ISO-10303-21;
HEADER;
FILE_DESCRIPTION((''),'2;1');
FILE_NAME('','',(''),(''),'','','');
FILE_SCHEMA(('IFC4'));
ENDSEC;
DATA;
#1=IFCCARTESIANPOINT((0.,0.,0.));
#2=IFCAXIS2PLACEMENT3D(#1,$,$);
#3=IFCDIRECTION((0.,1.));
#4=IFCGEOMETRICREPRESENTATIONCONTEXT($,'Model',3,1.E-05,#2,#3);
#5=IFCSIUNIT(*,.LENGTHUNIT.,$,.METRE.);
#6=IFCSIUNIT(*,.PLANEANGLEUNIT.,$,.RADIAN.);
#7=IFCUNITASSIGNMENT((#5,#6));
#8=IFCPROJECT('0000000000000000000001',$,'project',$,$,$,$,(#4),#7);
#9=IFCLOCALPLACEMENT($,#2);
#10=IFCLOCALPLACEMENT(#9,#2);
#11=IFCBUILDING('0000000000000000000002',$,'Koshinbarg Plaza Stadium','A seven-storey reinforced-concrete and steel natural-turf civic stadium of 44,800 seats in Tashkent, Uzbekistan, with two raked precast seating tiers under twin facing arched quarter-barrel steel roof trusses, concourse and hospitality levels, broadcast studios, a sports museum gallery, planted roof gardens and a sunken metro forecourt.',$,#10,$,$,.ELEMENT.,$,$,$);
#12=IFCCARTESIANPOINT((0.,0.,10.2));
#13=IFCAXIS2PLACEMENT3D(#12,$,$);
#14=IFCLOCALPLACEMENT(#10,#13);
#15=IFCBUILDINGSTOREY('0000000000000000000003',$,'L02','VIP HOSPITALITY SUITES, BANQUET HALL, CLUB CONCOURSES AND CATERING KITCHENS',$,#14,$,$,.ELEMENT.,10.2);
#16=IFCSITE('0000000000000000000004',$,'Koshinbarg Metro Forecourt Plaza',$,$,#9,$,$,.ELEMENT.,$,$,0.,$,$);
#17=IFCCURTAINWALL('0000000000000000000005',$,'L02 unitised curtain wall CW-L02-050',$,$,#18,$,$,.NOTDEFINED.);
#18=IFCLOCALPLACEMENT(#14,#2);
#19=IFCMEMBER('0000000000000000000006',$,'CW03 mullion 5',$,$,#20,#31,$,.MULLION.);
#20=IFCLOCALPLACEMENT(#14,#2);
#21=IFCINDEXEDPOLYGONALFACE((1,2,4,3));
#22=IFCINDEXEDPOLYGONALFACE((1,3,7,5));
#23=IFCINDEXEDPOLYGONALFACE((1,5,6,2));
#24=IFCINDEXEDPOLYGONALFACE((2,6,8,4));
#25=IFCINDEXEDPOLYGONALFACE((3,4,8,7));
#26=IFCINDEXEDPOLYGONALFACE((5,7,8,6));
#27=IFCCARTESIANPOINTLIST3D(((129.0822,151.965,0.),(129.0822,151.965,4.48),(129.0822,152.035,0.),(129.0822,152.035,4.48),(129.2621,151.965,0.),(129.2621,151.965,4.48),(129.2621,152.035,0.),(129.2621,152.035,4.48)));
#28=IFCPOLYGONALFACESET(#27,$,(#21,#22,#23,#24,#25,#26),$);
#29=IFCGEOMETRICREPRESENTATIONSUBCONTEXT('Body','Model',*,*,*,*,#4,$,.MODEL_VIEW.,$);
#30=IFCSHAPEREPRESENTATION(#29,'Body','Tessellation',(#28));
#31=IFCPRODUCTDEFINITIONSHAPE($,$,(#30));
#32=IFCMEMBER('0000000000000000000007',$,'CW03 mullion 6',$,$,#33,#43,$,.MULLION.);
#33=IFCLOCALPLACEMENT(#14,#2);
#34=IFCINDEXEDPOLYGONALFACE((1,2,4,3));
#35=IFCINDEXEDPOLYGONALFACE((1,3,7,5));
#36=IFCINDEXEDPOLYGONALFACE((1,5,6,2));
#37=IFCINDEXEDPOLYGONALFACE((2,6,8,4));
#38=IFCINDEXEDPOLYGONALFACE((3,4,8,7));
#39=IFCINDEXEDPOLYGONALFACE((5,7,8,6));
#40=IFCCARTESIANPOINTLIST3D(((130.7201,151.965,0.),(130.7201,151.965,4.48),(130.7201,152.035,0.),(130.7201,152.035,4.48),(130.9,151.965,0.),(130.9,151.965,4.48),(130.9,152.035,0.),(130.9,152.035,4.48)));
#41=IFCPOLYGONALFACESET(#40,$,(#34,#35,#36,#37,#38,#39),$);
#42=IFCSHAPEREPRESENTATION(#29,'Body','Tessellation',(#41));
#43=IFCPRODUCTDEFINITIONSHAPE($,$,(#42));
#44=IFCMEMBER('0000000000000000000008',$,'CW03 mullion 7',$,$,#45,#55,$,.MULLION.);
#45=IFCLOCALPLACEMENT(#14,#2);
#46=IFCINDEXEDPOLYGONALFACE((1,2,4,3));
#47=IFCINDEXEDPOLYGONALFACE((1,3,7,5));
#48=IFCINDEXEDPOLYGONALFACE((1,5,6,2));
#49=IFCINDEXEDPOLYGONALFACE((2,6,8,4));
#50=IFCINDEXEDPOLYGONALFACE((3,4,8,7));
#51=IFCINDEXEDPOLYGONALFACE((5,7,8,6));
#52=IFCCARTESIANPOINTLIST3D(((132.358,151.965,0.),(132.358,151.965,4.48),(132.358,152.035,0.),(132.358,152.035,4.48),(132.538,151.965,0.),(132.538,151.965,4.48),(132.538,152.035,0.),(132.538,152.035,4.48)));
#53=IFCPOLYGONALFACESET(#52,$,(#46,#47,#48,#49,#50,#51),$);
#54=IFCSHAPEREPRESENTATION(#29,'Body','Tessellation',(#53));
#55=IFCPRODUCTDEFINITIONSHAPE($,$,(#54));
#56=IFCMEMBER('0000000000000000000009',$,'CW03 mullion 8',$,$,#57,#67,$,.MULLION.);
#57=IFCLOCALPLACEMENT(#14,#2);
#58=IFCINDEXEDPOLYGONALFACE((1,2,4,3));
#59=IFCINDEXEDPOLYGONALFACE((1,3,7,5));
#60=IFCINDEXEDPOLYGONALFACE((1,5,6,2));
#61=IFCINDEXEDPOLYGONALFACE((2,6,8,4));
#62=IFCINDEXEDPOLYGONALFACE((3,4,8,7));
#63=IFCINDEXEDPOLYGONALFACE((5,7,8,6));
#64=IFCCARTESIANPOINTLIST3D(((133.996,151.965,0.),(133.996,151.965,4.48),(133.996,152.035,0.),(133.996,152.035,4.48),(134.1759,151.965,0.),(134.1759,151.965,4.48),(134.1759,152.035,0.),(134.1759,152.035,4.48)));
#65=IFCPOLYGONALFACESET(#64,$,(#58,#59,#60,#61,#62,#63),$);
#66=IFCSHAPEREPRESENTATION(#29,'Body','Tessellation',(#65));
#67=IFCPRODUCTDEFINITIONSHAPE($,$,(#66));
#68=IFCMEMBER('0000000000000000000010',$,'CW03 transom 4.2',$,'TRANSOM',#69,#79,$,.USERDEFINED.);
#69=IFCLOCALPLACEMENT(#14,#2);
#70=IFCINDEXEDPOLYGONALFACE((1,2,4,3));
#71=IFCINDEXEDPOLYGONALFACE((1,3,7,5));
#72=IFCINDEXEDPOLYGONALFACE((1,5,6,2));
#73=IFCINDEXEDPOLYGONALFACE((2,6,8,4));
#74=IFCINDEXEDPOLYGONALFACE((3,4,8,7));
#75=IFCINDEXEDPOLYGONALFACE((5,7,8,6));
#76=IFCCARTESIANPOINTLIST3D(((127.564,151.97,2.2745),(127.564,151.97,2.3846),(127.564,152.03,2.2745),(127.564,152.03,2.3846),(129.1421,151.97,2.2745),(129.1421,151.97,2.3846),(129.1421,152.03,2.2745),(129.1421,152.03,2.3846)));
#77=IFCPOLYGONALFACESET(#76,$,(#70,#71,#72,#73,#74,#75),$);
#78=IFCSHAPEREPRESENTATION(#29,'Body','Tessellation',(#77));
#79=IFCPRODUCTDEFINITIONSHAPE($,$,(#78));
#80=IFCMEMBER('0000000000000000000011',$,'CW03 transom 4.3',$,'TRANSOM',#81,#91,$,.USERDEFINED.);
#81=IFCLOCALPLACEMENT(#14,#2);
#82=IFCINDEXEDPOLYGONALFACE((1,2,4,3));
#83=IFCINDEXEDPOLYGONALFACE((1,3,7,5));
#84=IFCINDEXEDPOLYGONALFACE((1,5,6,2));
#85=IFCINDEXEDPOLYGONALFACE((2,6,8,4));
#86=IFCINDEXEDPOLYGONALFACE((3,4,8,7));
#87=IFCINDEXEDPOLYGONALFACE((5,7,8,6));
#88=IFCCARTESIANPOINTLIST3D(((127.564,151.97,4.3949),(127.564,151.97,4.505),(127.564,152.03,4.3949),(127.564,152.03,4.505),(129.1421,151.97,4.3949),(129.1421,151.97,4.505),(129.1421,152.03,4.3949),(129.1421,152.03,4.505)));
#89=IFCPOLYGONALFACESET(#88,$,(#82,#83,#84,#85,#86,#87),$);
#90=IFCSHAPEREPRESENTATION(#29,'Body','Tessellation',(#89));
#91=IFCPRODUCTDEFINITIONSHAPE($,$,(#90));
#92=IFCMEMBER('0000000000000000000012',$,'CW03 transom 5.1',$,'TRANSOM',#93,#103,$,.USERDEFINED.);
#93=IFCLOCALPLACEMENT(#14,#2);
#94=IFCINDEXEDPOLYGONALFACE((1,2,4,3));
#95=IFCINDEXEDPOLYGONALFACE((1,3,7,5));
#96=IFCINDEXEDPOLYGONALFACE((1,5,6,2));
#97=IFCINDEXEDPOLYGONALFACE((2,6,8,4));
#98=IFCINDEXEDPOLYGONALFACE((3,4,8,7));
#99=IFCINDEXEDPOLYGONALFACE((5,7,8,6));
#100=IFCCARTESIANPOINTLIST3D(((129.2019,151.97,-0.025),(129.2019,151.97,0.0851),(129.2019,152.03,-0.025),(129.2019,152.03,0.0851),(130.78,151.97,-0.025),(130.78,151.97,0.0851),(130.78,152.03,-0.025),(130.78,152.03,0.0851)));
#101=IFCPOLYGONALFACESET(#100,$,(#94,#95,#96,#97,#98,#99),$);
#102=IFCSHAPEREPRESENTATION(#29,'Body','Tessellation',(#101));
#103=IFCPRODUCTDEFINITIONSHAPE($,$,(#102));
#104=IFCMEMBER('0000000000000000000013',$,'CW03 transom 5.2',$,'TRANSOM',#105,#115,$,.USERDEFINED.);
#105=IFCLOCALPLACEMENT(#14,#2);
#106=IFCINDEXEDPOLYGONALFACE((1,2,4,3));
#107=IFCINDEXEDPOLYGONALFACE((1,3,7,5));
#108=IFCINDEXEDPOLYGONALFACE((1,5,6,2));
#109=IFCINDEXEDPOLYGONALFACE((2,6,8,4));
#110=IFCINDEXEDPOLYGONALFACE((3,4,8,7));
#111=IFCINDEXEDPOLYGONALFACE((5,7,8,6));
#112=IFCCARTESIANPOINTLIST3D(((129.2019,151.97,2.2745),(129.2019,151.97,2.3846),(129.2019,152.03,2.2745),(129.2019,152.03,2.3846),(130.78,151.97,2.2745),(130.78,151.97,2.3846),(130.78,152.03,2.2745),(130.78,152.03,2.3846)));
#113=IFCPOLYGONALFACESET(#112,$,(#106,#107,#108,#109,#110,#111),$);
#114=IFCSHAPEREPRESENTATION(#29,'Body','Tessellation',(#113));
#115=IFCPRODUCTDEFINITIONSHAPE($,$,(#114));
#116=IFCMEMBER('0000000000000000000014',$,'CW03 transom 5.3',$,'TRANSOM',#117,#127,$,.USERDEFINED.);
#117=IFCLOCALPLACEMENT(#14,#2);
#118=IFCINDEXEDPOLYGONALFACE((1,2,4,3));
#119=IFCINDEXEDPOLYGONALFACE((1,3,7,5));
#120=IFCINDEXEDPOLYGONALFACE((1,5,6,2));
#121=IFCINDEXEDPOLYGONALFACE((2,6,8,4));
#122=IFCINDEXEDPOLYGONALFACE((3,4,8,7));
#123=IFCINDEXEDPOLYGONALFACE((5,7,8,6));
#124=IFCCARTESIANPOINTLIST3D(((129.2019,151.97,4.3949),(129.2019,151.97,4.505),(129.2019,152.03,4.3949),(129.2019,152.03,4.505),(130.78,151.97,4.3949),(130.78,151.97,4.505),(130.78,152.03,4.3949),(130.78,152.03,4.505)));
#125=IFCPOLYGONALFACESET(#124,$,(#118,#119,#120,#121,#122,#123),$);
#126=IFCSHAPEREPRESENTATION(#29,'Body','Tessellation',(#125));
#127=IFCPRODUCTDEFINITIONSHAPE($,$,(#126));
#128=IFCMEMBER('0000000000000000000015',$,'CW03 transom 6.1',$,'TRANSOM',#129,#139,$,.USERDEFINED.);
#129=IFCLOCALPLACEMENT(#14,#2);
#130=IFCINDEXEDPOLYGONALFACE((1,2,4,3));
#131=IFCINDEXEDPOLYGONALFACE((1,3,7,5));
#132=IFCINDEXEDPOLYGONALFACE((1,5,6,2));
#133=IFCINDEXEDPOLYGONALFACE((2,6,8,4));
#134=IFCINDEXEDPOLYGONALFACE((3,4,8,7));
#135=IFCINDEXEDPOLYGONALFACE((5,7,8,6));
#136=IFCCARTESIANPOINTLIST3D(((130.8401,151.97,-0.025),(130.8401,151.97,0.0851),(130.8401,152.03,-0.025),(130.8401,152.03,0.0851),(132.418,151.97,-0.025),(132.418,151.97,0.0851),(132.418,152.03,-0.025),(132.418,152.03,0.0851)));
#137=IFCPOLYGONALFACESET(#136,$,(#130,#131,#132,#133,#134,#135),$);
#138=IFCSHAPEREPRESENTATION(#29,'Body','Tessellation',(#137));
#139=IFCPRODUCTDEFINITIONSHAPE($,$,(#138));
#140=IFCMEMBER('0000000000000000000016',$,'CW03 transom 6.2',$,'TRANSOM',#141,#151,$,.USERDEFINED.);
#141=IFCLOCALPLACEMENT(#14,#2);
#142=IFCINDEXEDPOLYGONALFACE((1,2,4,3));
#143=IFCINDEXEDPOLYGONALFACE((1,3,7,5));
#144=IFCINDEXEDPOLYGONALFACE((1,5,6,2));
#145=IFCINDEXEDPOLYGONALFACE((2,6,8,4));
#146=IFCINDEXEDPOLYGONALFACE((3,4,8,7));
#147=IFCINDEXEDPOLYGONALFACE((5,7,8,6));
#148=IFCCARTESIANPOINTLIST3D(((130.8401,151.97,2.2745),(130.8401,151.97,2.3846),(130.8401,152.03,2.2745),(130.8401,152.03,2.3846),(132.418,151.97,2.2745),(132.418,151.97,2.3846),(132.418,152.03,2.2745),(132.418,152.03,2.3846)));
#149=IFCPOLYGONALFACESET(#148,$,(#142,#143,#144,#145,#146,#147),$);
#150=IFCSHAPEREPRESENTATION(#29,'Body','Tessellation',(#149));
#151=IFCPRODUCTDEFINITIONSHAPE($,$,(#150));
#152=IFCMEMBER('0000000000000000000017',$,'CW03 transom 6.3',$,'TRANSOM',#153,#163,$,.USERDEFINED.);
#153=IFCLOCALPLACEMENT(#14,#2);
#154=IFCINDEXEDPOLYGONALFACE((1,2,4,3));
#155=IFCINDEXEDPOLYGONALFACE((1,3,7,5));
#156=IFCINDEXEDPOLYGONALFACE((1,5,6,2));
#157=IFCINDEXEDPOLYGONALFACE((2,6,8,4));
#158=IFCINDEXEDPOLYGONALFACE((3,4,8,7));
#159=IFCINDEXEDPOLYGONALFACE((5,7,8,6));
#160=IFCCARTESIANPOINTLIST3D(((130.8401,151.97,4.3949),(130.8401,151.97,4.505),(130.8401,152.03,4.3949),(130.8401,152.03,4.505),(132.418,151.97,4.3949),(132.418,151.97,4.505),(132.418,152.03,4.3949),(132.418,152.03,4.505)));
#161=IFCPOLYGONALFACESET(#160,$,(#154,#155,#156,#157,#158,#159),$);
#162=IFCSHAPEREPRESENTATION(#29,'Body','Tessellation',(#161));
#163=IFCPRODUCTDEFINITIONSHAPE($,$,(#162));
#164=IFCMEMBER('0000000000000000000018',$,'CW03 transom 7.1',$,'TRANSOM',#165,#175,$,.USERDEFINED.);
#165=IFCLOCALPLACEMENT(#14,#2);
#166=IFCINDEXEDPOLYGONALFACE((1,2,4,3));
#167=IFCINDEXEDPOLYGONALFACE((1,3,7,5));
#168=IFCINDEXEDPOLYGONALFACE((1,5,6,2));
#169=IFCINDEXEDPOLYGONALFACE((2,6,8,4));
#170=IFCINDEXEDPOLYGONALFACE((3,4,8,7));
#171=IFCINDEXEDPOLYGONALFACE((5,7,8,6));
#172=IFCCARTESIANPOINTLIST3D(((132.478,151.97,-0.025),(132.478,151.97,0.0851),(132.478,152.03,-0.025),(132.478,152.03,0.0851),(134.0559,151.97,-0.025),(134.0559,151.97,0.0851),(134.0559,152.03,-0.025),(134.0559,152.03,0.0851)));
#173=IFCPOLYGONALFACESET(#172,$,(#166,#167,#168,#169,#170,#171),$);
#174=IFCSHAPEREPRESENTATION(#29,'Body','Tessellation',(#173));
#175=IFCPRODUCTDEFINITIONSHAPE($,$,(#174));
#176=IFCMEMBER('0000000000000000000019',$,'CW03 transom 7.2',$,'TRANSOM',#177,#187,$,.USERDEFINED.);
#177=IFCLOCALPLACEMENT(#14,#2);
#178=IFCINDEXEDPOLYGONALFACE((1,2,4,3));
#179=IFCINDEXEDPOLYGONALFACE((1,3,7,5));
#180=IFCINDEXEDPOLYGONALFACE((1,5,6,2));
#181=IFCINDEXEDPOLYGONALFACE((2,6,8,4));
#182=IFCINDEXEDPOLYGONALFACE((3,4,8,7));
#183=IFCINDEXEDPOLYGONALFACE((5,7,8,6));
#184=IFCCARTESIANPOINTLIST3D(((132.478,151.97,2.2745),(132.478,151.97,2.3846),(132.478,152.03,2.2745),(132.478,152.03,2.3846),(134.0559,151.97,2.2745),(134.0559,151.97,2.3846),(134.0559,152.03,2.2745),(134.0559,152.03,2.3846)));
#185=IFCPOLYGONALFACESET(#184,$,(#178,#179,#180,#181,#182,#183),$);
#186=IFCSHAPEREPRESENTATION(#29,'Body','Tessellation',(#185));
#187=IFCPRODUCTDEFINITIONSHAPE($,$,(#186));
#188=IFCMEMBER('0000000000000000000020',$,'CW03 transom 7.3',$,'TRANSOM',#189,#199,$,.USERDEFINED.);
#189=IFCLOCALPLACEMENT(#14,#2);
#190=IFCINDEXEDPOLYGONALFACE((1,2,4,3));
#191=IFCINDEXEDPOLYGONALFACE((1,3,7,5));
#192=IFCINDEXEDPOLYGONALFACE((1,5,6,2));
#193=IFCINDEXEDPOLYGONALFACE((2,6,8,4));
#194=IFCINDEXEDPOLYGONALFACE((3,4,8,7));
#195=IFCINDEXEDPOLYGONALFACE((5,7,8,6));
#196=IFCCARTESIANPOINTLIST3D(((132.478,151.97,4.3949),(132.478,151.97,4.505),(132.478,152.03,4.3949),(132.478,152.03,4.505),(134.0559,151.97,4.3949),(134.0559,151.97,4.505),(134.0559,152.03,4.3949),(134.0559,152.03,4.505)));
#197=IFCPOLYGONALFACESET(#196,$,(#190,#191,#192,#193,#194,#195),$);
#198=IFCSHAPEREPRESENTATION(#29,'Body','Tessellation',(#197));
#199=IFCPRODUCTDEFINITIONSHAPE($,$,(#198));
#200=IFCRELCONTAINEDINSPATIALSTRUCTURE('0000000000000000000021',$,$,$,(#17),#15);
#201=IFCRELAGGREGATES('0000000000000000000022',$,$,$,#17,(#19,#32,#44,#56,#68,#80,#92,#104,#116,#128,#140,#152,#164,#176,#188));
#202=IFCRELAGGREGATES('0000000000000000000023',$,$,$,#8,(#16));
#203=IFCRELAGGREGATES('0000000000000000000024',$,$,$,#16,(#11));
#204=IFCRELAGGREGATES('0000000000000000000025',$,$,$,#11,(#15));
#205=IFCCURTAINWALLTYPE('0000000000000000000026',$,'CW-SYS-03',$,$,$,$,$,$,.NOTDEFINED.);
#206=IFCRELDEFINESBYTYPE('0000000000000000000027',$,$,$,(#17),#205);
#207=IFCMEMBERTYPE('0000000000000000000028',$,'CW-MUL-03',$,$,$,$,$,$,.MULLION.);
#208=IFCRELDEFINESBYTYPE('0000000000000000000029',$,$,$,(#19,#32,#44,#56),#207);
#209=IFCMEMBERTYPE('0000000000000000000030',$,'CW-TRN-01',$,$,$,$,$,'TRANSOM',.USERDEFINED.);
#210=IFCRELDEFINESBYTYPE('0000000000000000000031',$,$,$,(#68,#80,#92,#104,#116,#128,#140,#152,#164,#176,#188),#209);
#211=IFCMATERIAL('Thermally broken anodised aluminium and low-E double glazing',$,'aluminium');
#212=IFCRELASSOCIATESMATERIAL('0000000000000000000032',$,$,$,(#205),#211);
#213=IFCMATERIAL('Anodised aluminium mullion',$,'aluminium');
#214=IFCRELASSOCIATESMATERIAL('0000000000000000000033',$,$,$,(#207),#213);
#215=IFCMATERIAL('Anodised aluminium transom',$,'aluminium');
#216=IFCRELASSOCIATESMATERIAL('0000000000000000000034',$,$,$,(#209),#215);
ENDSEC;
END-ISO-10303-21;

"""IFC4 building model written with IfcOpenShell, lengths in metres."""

from ifc_helpers import new_model, si_unit, direction, frame, origin, origin_2d, place, context, subcontext, project, spatial, rectangle, extrude, material, material_profile, profile_set, type_object, element, aggregate, save


model = new_model("IFC4")

# Units and contexts
model_context = context("Model", 3, precision=1e-05, world=origin(), true_north=direction((0.0, 1.0)))
body_context = subcontext(model_context, "Body", "Model", "MODEL_VIEW")
ifc_project = project(units=[si_unit("LENGTHUNIT", "METRE"), si_unit("PLANEANGLEUNIT", "RADIAN")], contexts=[model_context])

# Site, building, storey
site_placement = place(None, origin())
site = spatial("IfcSite", under=ifc_project, at=site_placement, Name="Koshinbarg Metro Forecourt Plaza", CompositionType="ELEMENT", RefElevation=0.0)
building_placement = place(site_placement, origin())
building = spatial("IfcBuilding", under=site, at=building_placement, Name="Koshinbarg Plaza Stadium", Description="A seven-storey reinforced-concrete and steel natural-turf civic stadium of 44,800 seats in Tashkent, Uzbekistan, with two raked precast seating tiers under twin facing arched quarter-barrel steel roof trusses, concourse and hospitality levels, broadcast studios, a sports museum gallery, planted roof gardens and a sunken metro forecourt.", CompositionType="ELEMENT")
storey_placement = place(building_placement, frame((0.0, 0.0, 10.2)))
storey = spatial("IfcBuildingStorey", under=building, at=storey_placement, Name="L02", Description="VIP HOSPITALITY SUITES, BANQUET HALL, CLUB CONCOURSES AND CATERING KITCHENS", CompositionType="ELEMENT", Elevation=10.2)

# Curtain wall, members
ifc_material_1 = material(Name="Thermally broken anodised aluminium and low-E double glazing", Category="aluminium")
curtain_wall_type = type_object("IfcCurtainWallType", Name="CW-SYS-03", PredefinedType="NOTDEFINED", material=ifc_material_1)
curtain_wall_placement = place(storey_placement, origin())
curtain_wall = element("IfcCurtainWall", 1, at=curtain_wall_placement, inside=storey, type_object=curtain_wall_type, Name="L02 unitised curtain wall CW-L02-050", PredefinedType="NOTDEFINED")
ifc_material_2 = material(Name="Anodised aluminium mullion", Category="aluminium")
ifc_material_profile_1 = material_profile(ifc_material_2, rectangle(XDim=0.0701, YDim=0.1799, at=origin_2d()), Name="ALU 70x180")
ifc_profile_set_1 = profile_set([ifc_material_profile_1], Name="Anodised aluminium mullion")
member_type_1 = type_object("IfcMemberType", Name="CW-MUL-03", PredefinedType="MULLION", material=ifc_profile_set_1)
member_1_placement = place(storey_placement, frame((129.1721, 152.0, 0.0), z_axis=(0.0, 0.0, 1.0), x_axis=(0.0, 1.0, 0.0)))
member_1 = element("IfcMember", 2, at=member_1_placement, type_object=member_type_1, Name="CW03 mullion 5", PredefinedType="MULLION", context=body_context, shape_type="SweptSolid", body=[
    extrude(rectangle(XDim=0.0701, YDim=0.1799, at=origin_2d()), origin(), (0.0, 0.0, 1.0), 4.48),
])
member_2_placement = place(storey_placement, frame((130.8101, 152.0, 0.0), z_axis=(0.0, 0.0, 1.0), x_axis=(0.0, 1.0, 0.0)))
member_2 = element("IfcMember", 3, at=member_2_placement, type_object=member_type_1, Name="CW03 mullion 6", PredefinedType="MULLION", context=body_context, shape_type="SweptSolid", body=[
    extrude(rectangle(XDim=0.0701, YDim=0.1799, at=origin_2d()), origin(), (0.0, 0.0, 1.0), 4.48),
])
member_3_placement = place(storey_placement, frame((132.448, 152.0, 0.0), z_axis=(0.0, 0.0, 1.0), x_axis=(0.0, 1.0, 0.0)))
member_3 = element("IfcMember", 4, at=member_3_placement, type_object=member_type_1, Name="CW03 mullion 7", PredefinedType="MULLION", context=body_context, shape_type="SweptSolid", body=[
    extrude(rectangle(XDim=0.0701, YDim=0.1799, at=origin_2d()), origin(), (0.0, 0.0, 1.0), 4.48),
])
member_4_placement = place(storey_placement, frame((134.0859, 152.0, 0.0), z_axis=(0.0, 0.0, 1.0), x_axis=(0.0, 1.0, 0.0)))
member_4 = element("IfcMember", 5, at=member_4_placement, type_object=member_type_1, Name="CW03 mullion 8", PredefinedType="MULLION", context=body_context, shape_type="SweptSolid", body=[
    extrude(rectangle(XDim=0.0701, YDim=0.1799, at=origin_2d()), origin(), (0.0, 0.0, 1.0), 4.48),
])
ifc_material_3 = material(Name="Anodised aluminium transom", Category="aluminium")
ifc_material_profile_2 = material_profile(ifc_material_3, rectangle(XDim=0.0601, YDim=0.1101, at=origin_2d()), Name="ALU 60x110")
ifc_profile_set_2 = profile_set([ifc_material_profile_2], Name="Anodised aluminium transom")
member_type_2 = type_object("IfcMemberType", Name="CW-TRN-01", ElementType="TRANSOM", PredefinedType="USERDEFINED", material=ifc_profile_set_2)
member_5_placement = place(storey_placement, frame((127.564, 152.0, 2.3296), z_axis=(1.0, 0.0, 0.0), x_axis=(0.0, 1.0, 0.0)))
member_5 = element("IfcMember", 6, at=member_5_placement, type_object=member_type_2, Name="CW03 transom 4.2", ObjectType="TRANSOM", PredefinedType="USERDEFINED", context=body_context, shape_type="SweptSolid", body=[
    extrude(rectangle(XDim=0.0601, YDim=0.1101, at=origin_2d()), origin(), (0.0, 0.0, 1.0), 1.5781),
])
member_6_placement = place(storey_placement, frame((127.564, 152.0, 4.45), z_axis=(1.0, 0.0, 0.0), x_axis=(0.0, 1.0, 0.0)))
member_6 = element("IfcMember", 7, at=member_6_placement, type_object=member_type_2, Name="CW03 transom 4.3", ObjectType="TRANSOM", PredefinedType="USERDEFINED", context=body_context, shape_type="SweptSolid", body=[
    extrude(rectangle(XDim=0.0601, YDim=0.1101, at=origin_2d()), origin(), (0.0, 0.0, 1.0), 1.5781),
])
member_7_placement = place(storey_placement, frame((129.2019, 152.0, 0.03), z_axis=(1.0, 0.0, 0.0), x_axis=(0.0, 1.0, 0.0)))
member_7 = element("IfcMember", 8, at=member_7_placement, type_object=member_type_2, Name="CW03 transom 5.1", ObjectType="TRANSOM", PredefinedType="USERDEFINED", context=body_context, shape_type="SweptSolid", body=[
    extrude(rectangle(XDim=0.0601, YDim=0.1101, at=origin_2d()), origin(), (0.0, 0.0, 1.0), 1.5781),
])
member_8_placement = place(storey_placement, frame((129.2019, 152.0, 2.3296), z_axis=(1.0, 0.0, 0.0), x_axis=(0.0, 1.0, 0.0)))
member_8 = element("IfcMember", 9, at=member_8_placement, type_object=member_type_2, Name="CW03 transom 5.2", ObjectType="TRANSOM", PredefinedType="USERDEFINED", context=body_context, shape_type="SweptSolid", body=[
    extrude(rectangle(XDim=0.0601, YDim=0.1101, at=origin_2d()), origin(), (0.0, 0.0, 1.0), 1.5781),
])
member_9_placement = place(storey_placement, frame((129.2019, 152.0, 4.45), z_axis=(1.0, 0.0, 0.0), x_axis=(0.0, 1.0, 0.0)))
member_9 = element("IfcMember", 10, at=member_9_placement, type_object=member_type_2, Name="CW03 transom 5.3", ObjectType="TRANSOM", PredefinedType="USERDEFINED", context=body_context, shape_type="SweptSolid", body=[
    extrude(rectangle(XDim=0.0601, YDim=0.1101, at=origin_2d()), origin(), (0.0, 0.0, 1.0), 1.5781),
])
member_10_placement = place(storey_placement, frame((130.8401, 152.0, 0.03), z_axis=(1.0, 0.0, 0.0), x_axis=(0.0, 1.0, 0.0)))
member_10 = element("IfcMember", 11, at=member_10_placement, type_object=member_type_2, Name="CW03 transom 6.1", ObjectType="TRANSOM", PredefinedType="USERDEFINED", context=body_context, shape_type="SweptSolid", body=[
    extrude(rectangle(XDim=0.0601, YDim=0.1101, at=origin_2d()), origin(), (0.0, 0.0, 1.0), 1.5779),
])
member_11_placement = place(storey_placement, frame((130.8401, 152.0, 2.3296), z_axis=(1.0, 0.0, 0.0), x_axis=(0.0, 1.0, 0.0)))
member_11 = element("IfcMember", 12, at=member_11_placement, type_object=member_type_2, Name="CW03 transom 6.2", ObjectType="TRANSOM", PredefinedType="USERDEFINED", context=body_context, shape_type="SweptSolid", body=[
    extrude(rectangle(XDim=0.0601, YDim=0.1101, at=origin_2d()), origin(), (0.0, 0.0, 1.0), 1.5779),
])
member_12_placement = place(storey_placement, frame((130.8401, 152.0, 4.45), z_axis=(1.0, 0.0, 0.0), x_axis=(0.0, 1.0, 0.0)))
member_12 = element("IfcMember", 13, at=member_12_placement, type_object=member_type_2, Name="CW03 transom 6.3", ObjectType="TRANSOM", PredefinedType="USERDEFINED", context=body_context, shape_type="SweptSolid", body=[
    extrude(rectangle(XDim=0.0601, YDim=0.1101, at=origin_2d()), origin(), (0.0, 0.0, 1.0), 1.5779),
])
member_13_placement = place(storey_placement, frame((132.478, 152.0, 0.03), z_axis=(1.0, 0.0, 0.0), x_axis=(0.0, 1.0, 0.0)))
member_13 = element("IfcMember", 14, at=member_13_placement, type_object=member_type_2, Name="CW03 transom 7.1", ObjectType="TRANSOM", PredefinedType="USERDEFINED", context=body_context, shape_type="SweptSolid", body=[
    extrude(rectangle(XDim=0.0601, YDim=0.1101, at=origin_2d()), origin(), (0.0, 0.0, 1.0), 1.5779),
])
member_14_placement = place(storey_placement, frame((132.478, 152.0, 2.3296), z_axis=(1.0, 0.0, 0.0), x_axis=(0.0, 1.0, 0.0)))
member_14 = element("IfcMember", 15, at=member_14_placement, type_object=member_type_2, Name="CW03 transom 7.2", ObjectType="TRANSOM", PredefinedType="USERDEFINED", context=body_context, shape_type="SweptSolid", body=[
    extrude(rectangle(XDim=0.0601, YDim=0.1101, at=origin_2d()), origin(), (0.0, 0.0, 1.0), 1.5779),
])
member_15_placement = place(storey_placement, frame((132.478, 152.0, 4.45), z_axis=(1.0, 0.0, 0.0), x_axis=(0.0, 1.0, 0.0)))
member_15 = element("IfcMember", 16, at=member_15_placement, type_object=member_type_2, Name="CW03 transom 7.3", ObjectType="TRANSOM", PredefinedType="USERDEFINED", context=body_context, shape_type="SweptSolid", body=[
    extrude(rectangle(XDim=0.0601, YDim=0.1101, at=origin_2d()), origin(), (0.0, 0.0, 1.0), 1.5779),
])
aggregate(curtain_wall, [member_1, member_2, member_3, member_4, member_5, member_6, member_7, member_8, member_9, member_10, member_11, member_12, member_13, member_14, member_15])

save(model, "model.ifc")
